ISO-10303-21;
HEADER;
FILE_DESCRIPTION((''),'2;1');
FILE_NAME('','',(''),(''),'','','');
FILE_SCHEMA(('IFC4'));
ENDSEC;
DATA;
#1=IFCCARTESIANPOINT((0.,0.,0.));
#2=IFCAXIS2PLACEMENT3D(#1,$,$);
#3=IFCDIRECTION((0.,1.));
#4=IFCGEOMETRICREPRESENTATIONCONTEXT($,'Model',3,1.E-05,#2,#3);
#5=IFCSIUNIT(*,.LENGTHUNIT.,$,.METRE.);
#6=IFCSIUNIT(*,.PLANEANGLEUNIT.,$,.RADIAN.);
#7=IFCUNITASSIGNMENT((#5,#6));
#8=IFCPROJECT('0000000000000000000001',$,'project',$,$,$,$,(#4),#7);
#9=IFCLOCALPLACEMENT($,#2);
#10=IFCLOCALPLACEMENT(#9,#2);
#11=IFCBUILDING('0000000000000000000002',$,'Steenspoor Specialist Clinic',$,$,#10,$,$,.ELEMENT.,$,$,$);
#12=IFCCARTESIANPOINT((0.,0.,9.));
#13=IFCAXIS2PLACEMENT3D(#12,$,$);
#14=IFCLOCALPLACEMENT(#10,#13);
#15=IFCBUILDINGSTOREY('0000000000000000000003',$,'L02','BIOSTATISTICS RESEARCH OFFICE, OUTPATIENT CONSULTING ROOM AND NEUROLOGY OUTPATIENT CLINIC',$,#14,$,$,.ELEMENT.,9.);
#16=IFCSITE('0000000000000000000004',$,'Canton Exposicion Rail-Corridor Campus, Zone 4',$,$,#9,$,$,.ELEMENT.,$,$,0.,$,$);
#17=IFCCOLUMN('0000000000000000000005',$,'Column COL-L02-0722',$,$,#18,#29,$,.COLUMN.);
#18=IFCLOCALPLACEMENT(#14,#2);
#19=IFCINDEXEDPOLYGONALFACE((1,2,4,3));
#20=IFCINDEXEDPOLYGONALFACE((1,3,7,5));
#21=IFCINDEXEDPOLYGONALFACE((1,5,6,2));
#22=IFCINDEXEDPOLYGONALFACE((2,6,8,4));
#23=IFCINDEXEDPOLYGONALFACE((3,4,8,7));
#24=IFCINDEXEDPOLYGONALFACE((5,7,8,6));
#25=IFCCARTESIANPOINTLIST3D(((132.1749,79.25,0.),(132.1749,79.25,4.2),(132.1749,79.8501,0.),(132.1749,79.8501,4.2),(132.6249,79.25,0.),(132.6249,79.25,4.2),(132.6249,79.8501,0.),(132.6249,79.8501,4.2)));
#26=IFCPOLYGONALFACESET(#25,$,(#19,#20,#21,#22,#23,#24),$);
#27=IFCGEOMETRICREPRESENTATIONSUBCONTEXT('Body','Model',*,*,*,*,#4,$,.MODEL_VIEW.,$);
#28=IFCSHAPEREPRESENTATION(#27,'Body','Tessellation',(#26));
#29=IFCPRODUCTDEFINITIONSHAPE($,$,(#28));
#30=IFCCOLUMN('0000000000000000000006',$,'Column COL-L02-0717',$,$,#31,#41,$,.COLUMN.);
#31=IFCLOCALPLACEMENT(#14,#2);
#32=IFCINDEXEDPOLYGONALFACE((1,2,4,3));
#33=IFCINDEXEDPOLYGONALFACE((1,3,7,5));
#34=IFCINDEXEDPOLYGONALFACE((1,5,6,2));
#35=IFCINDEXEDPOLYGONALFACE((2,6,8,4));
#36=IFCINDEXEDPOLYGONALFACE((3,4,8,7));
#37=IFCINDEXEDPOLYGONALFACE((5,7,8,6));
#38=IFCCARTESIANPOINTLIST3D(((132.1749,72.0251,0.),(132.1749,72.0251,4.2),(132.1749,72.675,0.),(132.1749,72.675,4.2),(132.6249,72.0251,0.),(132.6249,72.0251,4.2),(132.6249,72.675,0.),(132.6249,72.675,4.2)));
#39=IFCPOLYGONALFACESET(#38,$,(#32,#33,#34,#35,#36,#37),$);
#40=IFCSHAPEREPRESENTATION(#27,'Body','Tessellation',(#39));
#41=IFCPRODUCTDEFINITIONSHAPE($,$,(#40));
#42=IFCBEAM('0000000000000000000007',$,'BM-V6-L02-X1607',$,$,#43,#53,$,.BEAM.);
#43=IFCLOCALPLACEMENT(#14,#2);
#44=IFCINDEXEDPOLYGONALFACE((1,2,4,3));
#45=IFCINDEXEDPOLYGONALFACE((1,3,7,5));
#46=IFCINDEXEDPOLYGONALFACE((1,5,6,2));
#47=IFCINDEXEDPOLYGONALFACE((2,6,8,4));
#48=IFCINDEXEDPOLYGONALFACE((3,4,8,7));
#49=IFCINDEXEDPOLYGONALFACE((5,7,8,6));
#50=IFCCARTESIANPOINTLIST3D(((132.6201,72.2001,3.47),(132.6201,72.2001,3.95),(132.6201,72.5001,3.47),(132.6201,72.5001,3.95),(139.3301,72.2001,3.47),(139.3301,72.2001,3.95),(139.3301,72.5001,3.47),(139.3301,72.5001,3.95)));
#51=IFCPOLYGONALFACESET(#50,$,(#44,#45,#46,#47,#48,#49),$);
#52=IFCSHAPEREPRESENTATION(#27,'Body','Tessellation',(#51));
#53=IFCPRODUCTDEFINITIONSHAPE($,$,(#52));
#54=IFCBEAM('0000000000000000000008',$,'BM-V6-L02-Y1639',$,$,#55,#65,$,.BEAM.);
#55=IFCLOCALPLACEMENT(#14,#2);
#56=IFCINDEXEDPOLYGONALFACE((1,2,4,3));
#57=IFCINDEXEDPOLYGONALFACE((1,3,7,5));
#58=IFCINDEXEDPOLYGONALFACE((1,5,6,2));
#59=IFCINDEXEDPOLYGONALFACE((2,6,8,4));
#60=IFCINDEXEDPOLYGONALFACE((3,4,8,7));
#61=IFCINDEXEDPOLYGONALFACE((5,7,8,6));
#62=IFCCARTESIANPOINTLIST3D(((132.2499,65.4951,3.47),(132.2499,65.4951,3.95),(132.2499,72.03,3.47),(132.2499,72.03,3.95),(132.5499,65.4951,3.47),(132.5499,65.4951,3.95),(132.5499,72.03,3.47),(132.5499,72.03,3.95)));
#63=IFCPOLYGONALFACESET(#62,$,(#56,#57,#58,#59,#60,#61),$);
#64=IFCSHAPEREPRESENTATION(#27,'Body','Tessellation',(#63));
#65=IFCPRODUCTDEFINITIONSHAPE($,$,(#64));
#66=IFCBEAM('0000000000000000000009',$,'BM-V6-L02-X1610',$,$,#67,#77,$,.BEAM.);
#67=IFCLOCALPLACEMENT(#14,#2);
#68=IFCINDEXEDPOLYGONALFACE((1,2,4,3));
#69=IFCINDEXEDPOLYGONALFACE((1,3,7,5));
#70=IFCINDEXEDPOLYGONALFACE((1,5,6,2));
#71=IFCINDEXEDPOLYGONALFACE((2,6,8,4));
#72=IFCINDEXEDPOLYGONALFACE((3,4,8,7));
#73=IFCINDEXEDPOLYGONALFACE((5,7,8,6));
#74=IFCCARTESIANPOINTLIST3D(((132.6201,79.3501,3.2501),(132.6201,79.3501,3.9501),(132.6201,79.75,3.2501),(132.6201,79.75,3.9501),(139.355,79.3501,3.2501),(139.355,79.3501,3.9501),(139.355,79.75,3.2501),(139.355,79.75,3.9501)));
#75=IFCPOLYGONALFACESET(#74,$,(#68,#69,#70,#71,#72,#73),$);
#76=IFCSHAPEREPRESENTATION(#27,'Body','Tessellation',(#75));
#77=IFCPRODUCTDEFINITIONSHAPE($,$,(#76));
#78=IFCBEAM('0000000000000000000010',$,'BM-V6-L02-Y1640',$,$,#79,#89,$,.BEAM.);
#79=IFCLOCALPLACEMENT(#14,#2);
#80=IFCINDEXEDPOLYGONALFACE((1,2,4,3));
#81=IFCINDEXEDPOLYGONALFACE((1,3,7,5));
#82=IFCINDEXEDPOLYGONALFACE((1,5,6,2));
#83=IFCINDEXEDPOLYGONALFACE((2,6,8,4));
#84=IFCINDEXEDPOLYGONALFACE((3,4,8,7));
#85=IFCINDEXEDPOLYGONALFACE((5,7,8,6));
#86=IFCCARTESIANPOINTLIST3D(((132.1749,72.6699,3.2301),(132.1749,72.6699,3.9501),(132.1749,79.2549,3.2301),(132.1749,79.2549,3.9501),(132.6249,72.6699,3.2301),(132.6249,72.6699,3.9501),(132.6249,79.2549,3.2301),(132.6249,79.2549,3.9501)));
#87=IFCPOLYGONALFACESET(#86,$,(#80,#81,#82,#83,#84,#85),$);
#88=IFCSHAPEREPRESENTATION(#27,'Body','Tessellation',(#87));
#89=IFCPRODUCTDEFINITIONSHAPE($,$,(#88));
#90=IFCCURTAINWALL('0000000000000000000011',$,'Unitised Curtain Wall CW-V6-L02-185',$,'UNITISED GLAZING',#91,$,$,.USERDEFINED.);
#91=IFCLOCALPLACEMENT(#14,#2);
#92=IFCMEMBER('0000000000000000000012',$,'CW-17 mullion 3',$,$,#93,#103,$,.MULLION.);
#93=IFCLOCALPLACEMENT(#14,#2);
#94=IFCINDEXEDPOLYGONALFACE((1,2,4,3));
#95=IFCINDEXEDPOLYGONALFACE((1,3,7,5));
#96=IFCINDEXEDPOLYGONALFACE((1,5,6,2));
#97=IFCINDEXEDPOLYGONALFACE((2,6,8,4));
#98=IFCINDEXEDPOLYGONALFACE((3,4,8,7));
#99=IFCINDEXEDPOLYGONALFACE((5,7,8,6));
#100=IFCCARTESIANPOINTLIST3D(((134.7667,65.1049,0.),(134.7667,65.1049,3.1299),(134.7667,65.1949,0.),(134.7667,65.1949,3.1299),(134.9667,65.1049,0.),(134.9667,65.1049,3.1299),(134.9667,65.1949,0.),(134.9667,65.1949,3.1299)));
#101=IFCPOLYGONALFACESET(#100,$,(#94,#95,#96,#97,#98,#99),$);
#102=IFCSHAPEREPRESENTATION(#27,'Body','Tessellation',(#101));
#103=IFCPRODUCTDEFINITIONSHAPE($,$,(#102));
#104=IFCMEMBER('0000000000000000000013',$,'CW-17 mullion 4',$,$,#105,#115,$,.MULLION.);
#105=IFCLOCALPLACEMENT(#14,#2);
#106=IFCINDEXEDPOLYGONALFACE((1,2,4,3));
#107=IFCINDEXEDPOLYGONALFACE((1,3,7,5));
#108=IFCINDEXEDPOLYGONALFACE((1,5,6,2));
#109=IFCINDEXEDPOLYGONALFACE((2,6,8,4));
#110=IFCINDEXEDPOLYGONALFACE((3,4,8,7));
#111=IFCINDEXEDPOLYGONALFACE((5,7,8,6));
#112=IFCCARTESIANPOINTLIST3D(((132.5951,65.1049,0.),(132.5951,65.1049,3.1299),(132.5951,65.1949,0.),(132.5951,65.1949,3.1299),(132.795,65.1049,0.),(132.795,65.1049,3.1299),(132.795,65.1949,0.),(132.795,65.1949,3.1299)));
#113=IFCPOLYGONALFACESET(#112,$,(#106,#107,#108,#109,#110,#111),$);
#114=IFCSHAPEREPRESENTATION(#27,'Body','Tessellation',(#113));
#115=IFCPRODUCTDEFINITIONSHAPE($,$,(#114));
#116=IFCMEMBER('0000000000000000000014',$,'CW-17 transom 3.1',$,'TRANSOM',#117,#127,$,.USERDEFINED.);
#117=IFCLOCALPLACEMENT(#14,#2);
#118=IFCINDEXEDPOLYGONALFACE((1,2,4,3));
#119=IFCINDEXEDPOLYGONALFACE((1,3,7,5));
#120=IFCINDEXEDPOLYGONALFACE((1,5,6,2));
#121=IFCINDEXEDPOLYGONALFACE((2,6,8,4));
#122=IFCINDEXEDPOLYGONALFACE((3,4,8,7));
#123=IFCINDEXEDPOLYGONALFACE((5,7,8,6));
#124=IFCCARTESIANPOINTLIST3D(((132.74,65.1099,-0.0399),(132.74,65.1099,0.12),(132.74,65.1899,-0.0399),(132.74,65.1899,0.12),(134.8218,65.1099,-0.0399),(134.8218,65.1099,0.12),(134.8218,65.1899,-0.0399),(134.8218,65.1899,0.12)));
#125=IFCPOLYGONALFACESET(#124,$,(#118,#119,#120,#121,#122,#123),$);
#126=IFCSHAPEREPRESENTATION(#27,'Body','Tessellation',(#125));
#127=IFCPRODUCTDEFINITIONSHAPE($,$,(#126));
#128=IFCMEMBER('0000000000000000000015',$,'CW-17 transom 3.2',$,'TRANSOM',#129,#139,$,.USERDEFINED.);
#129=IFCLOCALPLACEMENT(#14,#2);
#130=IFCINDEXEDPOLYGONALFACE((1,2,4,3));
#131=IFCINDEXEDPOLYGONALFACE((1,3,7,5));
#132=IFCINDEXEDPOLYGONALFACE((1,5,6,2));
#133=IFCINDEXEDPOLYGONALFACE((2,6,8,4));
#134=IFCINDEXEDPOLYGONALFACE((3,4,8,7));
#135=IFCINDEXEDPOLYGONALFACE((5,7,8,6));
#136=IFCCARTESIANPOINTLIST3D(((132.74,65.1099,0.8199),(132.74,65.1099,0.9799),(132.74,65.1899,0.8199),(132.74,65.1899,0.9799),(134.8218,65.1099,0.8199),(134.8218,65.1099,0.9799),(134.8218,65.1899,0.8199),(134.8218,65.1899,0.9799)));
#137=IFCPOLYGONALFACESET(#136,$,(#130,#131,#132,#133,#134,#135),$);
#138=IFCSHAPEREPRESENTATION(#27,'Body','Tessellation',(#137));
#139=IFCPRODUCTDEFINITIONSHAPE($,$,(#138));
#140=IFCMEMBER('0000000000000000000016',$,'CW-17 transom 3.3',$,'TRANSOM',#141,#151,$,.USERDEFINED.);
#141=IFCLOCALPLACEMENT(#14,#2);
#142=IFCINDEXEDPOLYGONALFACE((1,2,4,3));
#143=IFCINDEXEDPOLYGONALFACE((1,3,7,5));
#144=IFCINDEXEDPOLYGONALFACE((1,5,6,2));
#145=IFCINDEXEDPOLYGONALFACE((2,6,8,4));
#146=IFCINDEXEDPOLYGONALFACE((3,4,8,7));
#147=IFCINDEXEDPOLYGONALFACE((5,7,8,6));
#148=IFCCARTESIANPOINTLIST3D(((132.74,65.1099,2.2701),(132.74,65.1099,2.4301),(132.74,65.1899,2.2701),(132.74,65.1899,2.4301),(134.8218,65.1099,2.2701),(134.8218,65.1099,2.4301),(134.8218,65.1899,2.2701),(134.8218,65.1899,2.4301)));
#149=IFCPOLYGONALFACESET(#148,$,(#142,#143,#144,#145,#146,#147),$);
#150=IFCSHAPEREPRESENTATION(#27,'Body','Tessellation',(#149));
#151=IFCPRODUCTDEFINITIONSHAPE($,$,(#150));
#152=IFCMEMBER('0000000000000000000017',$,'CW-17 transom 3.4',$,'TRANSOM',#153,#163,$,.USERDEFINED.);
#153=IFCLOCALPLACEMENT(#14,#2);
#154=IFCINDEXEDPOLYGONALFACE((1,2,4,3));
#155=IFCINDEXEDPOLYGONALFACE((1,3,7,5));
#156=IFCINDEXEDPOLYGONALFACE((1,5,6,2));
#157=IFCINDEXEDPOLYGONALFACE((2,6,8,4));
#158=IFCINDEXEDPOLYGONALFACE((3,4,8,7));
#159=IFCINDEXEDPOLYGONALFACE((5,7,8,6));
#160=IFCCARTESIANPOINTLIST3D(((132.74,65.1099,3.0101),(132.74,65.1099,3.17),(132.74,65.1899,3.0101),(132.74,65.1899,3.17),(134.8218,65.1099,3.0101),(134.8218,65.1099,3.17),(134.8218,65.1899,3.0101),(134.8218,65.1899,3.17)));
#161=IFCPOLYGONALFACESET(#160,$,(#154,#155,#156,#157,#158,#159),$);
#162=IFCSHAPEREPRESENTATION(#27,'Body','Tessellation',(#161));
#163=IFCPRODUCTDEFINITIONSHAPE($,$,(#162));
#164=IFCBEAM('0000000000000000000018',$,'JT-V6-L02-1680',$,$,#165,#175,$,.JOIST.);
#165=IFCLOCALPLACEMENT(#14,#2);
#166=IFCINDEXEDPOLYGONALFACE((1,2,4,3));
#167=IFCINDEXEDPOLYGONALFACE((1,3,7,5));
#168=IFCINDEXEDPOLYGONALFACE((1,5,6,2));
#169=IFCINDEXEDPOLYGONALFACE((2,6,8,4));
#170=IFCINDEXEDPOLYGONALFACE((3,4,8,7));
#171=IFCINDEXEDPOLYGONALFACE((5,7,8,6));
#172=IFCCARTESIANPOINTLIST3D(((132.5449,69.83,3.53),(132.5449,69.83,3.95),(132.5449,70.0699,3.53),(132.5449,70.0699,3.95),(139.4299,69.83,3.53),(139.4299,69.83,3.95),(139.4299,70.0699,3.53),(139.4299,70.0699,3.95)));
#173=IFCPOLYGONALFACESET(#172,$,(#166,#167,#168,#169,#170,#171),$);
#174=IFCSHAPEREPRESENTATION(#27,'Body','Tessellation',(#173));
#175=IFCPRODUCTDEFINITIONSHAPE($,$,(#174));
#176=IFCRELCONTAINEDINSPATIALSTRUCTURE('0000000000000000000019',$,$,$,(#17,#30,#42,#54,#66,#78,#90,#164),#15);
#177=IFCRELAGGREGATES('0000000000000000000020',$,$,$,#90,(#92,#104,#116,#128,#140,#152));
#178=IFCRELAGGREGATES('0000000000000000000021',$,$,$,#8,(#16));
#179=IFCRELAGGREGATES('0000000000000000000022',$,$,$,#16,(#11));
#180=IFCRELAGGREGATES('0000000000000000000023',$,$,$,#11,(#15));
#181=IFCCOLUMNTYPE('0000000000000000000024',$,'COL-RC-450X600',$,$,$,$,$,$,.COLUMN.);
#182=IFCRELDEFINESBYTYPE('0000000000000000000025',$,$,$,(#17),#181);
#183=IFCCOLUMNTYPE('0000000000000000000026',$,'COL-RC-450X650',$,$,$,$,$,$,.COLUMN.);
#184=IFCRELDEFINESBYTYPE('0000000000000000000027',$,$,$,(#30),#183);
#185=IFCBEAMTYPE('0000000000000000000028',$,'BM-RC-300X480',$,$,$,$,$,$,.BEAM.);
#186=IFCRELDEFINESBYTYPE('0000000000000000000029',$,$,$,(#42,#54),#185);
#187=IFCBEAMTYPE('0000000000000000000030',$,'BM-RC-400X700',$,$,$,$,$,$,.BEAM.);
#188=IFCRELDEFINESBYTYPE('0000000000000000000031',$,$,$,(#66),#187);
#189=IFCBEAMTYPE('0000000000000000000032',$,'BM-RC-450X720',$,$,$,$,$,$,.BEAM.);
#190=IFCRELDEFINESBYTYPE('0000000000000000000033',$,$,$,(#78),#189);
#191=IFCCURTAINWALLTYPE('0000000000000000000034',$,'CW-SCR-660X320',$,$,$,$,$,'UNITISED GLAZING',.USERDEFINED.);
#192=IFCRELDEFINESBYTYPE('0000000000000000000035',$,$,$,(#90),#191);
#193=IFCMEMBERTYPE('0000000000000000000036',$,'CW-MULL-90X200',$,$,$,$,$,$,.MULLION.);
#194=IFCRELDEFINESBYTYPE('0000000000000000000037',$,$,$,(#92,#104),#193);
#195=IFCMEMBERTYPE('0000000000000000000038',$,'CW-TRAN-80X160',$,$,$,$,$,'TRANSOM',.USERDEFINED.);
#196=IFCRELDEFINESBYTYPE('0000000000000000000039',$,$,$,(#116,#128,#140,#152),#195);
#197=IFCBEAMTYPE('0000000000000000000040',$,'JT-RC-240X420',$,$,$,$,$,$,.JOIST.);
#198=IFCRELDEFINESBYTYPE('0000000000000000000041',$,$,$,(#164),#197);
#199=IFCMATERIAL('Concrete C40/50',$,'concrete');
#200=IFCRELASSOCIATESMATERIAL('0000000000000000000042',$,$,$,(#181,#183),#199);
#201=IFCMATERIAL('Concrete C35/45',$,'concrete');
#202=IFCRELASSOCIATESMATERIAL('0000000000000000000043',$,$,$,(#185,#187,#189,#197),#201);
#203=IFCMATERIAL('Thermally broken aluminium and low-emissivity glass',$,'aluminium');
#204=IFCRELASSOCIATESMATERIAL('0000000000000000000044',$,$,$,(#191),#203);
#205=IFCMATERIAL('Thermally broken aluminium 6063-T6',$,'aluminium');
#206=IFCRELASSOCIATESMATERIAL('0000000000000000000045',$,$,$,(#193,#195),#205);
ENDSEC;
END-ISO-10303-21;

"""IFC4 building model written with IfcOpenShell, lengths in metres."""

from ifc_helpers import new_model, si_unit, direction, frame, origin, origin_2d, place, context, subcontext, project, spatial, rectangle, extrude, material, material_profile, profile_set, type_object, element, aggregate, save


model = new_model("IFC4")

# Units and contexts
model_context = context("Model", 3, precision=1e-05, world=origin(), true_north=direction((0.0, 1.0)))
body_context = subcontext(model_context, "Body", "Model", "MODEL_VIEW")
ifc_project = project(units=[si_unit("LENGTHUNIT", "METRE"), si_unit("PLANEANGLEUNIT", "RADIAN")], contexts=[model_context])

# Site, building, storey
site_placement = place(None, origin())
site = spatial("IfcSite", under=ifc_project, at=site_placement, Name="Canton Exposicion Rail-Corridor Campus, Zone 4", CompositionType="ELEMENT", RefElevation=0.0)
building_placement = place(site_placement, origin())
building = spatial("IfcBuilding", under=site, at=building_placement, Name="Steenspoor Specialist Clinic", CompositionType="ELEMENT")
storey_placement = place(building_placement, frame((0.0, 0.0, 9.0)))
storey = spatial("IfcBuildingStorey", under=building, at=storey_placement, Name="L02", Description="BIOSTATISTICS RESEARCH OFFICE, OUTPATIENT CONSULTING ROOM AND NEUROLOGY OUTPATIENT CLINIC", CompositionType="ELEMENT", Elevation=9.0)

# Columns
ifc_material_1 = material(Name="Concrete C40/50", Category="concrete")
ifc_material_profile_1 = material_profile(ifc_material_1, rectangle(XDim=0.45, YDim=0.6001, at=origin_2d()), Name="RC-COL-450X600")
ifc_profile_set_1 = profile_set([ifc_material_profile_1], Name="Concrete C40/50")
column_type_1 = type_object("IfcColumnType", Name="COL-RC-450X600", PredefinedType="COLUMN", material=ifc_profile_set_1)
column_1_placement = place(storey_placement, frame((132.3999, 79.55, 0.0), z_axis=(0.0, 0.0, 1.0), x_axis=(1.0, 0.0, 0.0)))
element("IfcColumn", 1, at=column_1_placement, inside=storey, type_object=column_type_1, Name="Column COL-L02-0722", PredefinedType="COLUMN", context=body_context, shape_type="SweptSolid", body=[
    extrude(rectangle(XDim=0.45, YDim=0.6001, at=origin_2d()), origin(), (0.0, 0.0, 1.0), 4.2),
])
ifc_material_profile_2 = material_profile(ifc_material_1, rectangle(XDim=0.45, YDim=0.6499, at=origin_2d()), Name="RC-COL-450X650")
ifc_profile_set_2 = profile_set([ifc_material_profile_2], Name="Concrete C40/50")
column_type_2 = type_object("IfcColumnType", Name="COL-RC-450X650", PredefinedType="COLUMN", material=ifc_profile_set_2)
column_2_placement = place(storey_placement, frame((132.3999, 72.3501, 0.0), z_axis=(0.0, 0.0, 1.0), x_axis=(1.0, 0.0, 0.0)))
element("IfcColumn", 2, at=column_2_placement, inside=storey, type_object=column_type_2, Name="Column COL-L02-0717", PredefinedType="COLUMN", context=body_context, shape_type="SweptSolid", body=[
    extrude(rectangle(XDim=0.45, YDim=0.6499, at=origin_2d()), origin(), (0.0, 0.0, 1.0), 4.2),
])

# Beams
ifc_material_2 = material(Name="Concrete C35/45", Category="concrete")
ifc_material_profile_3 = material_profile(ifc_material_2, rectangle(XDim=0.3, YDim=0.48, at=origin_2d()), Name="RC-BM-300X480")
ifc_profile_set_3 = profile_set([ifc_material_profile_3], Name="Concrete C35/45")
beam_type_1 = type_object("IfcBeamType", Name="BM-RC-300X480", PredefinedType="BEAM", material=ifc_profile_set_3)
beam_1_placement = place(storey_placement, frame((132.6201, 72.3501, 3.71), z_axis=(1.0, 0.0, 0.0), x_axis=(0.0, 1.0, 0.0)))
element("IfcBeam", 3, at=beam_1_placement, inside=storey, type_object=beam_type_1, Name="BM-V6-L02-X1607", PredefinedType="BEAM", context=body_context, shape_type="SweptSolid", body=[
    extrude(rectangle(XDim=0.3, YDim=0.48, at=origin_2d()), origin(), (0.0, 0.0, 1.0), 6.71),
])
beam_2_placement = place(storey_placement, frame((132.3999, 65.4951, 3.71), z_axis=(0.0, 1.0, 0.0), x_axis=(-1.0, 0.0, 0.0)))
element("IfcBeam", 4, at=beam_2_placement, inside=storey, type_object=beam_type_1, Name="BM-V6-L02-Y1639", PredefinedType="BEAM", context=body_context, shape_type="SweptSolid", body=[
    extrude(rectangle(XDim=0.3, YDim=0.48, at=origin_2d()), origin(), (0.0, 0.0, 1.0), 6.5349),
])
ifc_material_profile_4 = material_profile(ifc_material_2, rectangle(XDim=0.3999, YDim=0.7, at=origin_2d()), Name="RC-BM-400X700")
ifc_profile_set_4 = profile_set([ifc_material_profile_4], Name="Concrete C35/45")
beam_type_2 = type_object("IfcBeamType", Name="BM-RC-400X700", PredefinedType="BEAM", material=ifc_profile_set_4)
beam_3_placement = place(storey_placement, frame((132.6201, 79.55, 3.6001), z_axis=(1.0, 0.0, 0.0), x_axis=(0.0, 1.0, 0.0)))
element("IfcBeam", 5, at=beam_3_placement, inside=storey, type_object=beam_type_2, Name="BM-V6-L02-X1610", PredefinedType="BEAM", context=body_context, shape_type="SweptSolid", body=[
    extrude(rectangle(XDim=0.3999, YDim=0.7, at=origin_2d()), origin(), (0.0, 0.0, 1.0), 6.7349),
])
ifc_material_profile_5 = material_profile(ifc_material_2, rectangle(XDim=0.45, YDim=0.72, at=origin_2d()), Name="RC-BM-450X720")
ifc_profile_set_5 = profile_set([ifc_material_profile_5], Name="Concrete C35/45")
beam_type_3 = type_object("IfcBeamType", Name="BM-RC-450X720", PredefinedType="BEAM", material=ifc_profile_set_5)
beam_4_placement = place(storey_placement, frame((132.3999, 72.6699, 3.5901), z_axis=(0.0, 1.0, 0.0), x_axis=(-1.0, 0.0, 0.0)))
element("IfcBeam", 6, at=beam_4_placement, inside=storey, type_object=beam_type_3, Name="BM-V6-L02-Y1640", PredefinedType="BEAM", context=body_context, shape_type="SweptSolid", body=[
    extrude(rectangle(XDim=0.45, YDim=0.72, at=origin_2d()), origin(), (0.0, 0.0, 1.0), 6.585),
])

# Curtain wall, members
ifc_material_3 = material(Name="Thermally broken aluminium and low-emissivity glass", Category="aluminium")
curtain_wall_type = type_object("IfcCurtainWallType", Name="CW-SCR-660X320", ElementType="UNITISED GLAZING", PredefinedType="USERDEFINED", material=ifc_material_3)
curtain_wall_placement = place(storey_placement, origin())
curtain_wall = element("IfcCurtainWall", 7, at=curtain_wall_placement, inside=storey, type_object=curtain_wall_type, Name="Unitised Curtain Wall CW-V6-L02-185", ObjectType="UNITISED GLAZING", PredefinedType="USERDEFINED")
ifc_material_4 = material(Name="Thermally broken aluminium 6063-T6", Category="aluminium")
ifc_material_profile_6 = material_profile(ifc_material_4, rectangle(XDim=0.0901, YDim=0.2, at=origin_2d()), Name="CWM-90X200")
ifc_profile_set_6 = profile_set([ifc_material_profile_6], Name="Thermally broken aluminium 6063-T6")
member_type_1 = type_object("IfcMemberType", Name="CW-MULL-90X200", PredefinedType="MULLION", material=ifc_profile_set_6)
member_1_placement = place(storey_placement, frame((134.8667, 65.1499, 0.0), z_axis=(0.0, 0.0, 1.0), x_axis=(0.0, -1.0, 0.0)))
member_1 = element("IfcMember", 8, at=member_1_placement, type_object=member_type_1, Name="CW-17 mullion 3", PredefinedType="MULLION", context=body_context, shape_type="SweptSolid", body=[
    extrude(rectangle(XDim=0.0901, YDim=0.2, at=origin_2d()), origin(), (0.0, 0.0, 1.0), 3.1299),
])
member_2_placement = place(storey_placement, frame((132.6951, 65.1499, 0.0), z_axis=(0.0, 0.0, 1.0), x_axis=(0.0, -1.0, 0.0)))
member_2 = element("IfcMember", 9, at=member_2_placement, type_object=member_type_1, Name="CW-17 mullion 4", PredefinedType="MULLION", context=body_context, shape_type="SweptSolid", body=[
    extrude(rectangle(XDim=0.0901, YDim=0.2, at=origin_2d()), origin(), (0.0, 0.0, 1.0), 3.1299),
])
ifc_material_profile_7 = material_profile(ifc_material_4, rectangle(XDim=0.0801, YDim=0.1599, at=origin_2d()), Name="CWT-80X160")
ifc_profile_set_7 = profile_set([ifc_material_profile_7], Name="Thermally broken aluminium 6063-T6")
member_type_2 = type_object("IfcMemberType", Name="CW-TRAN-80X160", ElementType="TRANSOM", PredefinedType="USERDEFINED", material=ifc_profile_set_7)
member_3_placement = place(storey_placement, frame((134.8218, 65.1499, 0.04), z_axis=(-1.0, 0.0, 0.0), x_axis=(0.0, -1.0, 0.0)))
member_3 = element("IfcMember", 10, at=member_3_placement, type_object=member_type_2, Name="CW-17 transom 3.1", ObjectType="TRANSOM", PredefinedType="USERDEFINED", context=body_context, shape_type="SweptSolid", body=[
    extrude(rectangle(XDim=0.0801, YDim=0.1599, at=origin_2d()), origin(), (0.0, 0.0, 1.0), 2.0818),
])
member_4_placement = place(storey_placement, frame((134.8218, 65.1499, 0.8999), z_axis=(-1.0, 0.0, 0.0), x_axis=(0.0, -1.0, 0.0)))
member_4 = element("IfcMember", 11, at=member_4_placement, type_object=member_type_2, Name="CW-17 transom 3.2", ObjectType="TRANSOM", PredefinedType="USERDEFINED", context=body_context, shape_type="SweptSolid", body=[
    extrude(rectangle(XDim=0.0801, YDim=0.1599, at=origin_2d()), origin(), (0.0, 0.0, 1.0), 2.0818),
])
member_5_placement = place(storey_placement, frame((134.8218, 65.1499, 2.3501), z_axis=(-1.0, 0.0, 0.0), x_axis=(0.0, -1.0, 0.0)))
member_5 = element("IfcMember", 12, at=member_5_placement, type_object=member_type_2, Name="CW-17 transom 3.3", ObjectType="TRANSOM", PredefinedType="USERDEFINED", context=body_context, shape_type="SweptSolid", body=[
    extrude(rectangle(XDim=0.0801, YDim=0.1599, at=origin_2d()), origin(), (0.0, 0.0, 1.0), 2.0818),
])
member_6_placement = place(storey_placement, frame((134.8218, 65.1499, 3.0901), z_axis=(-1.0, 0.0, 0.0), x_axis=(0.0, -1.0, 0.0)))
member_6 = element("IfcMember", 13, at=member_6_placement, type_object=member_type_2, Name="CW-17 transom 3.4", ObjectType="TRANSOM", PredefinedType="USERDEFINED", context=body_context, shape_type="SweptSolid", body=[
    extrude(rectangle(XDim=0.0801, YDim=0.1599, at=origin_2d()), origin(), (0.0, 0.0, 1.0), 2.0818),
])

# Beam
ifc_material_profile_8 = material_profile(ifc_material_2, rectangle(XDim=0.24, YDim=0.4199, at=origin_2d()), Name="RC-JT-240X420")
ifc_profile_set_8 = profile_set([ifc_material_profile_8], Name="Concrete C35/45")
beam_type_4 = type_object("IfcBeamType", Name="JT-RC-240X420", PredefinedType="JOIST", material=ifc_profile_set_8)
beam_5_placement = place(storey_placement, frame((132.5449, 69.95, 3.74), z_axis=(1.0, 0.0, 0.0), x_axis=(0.0, 1.0, 0.0)))
element("IfcBeam", 14, at=beam_5_placement, inside=storey, type_object=beam_type_4, Name="JT-V6-L02-1680", PredefinedType="JOIST", context=body_context, shape_type="SweptSolid", body=[
    extrude(rectangle(XDim=0.24, YDim=0.4199, at=origin_2d()), origin(), (0.0, 0.0, 1.0), 6.885),
])

aggregate(curtain_wall, [member_1, member_2, member_3, member_4, member_5, member_6])

save(model, "model.ifc")
